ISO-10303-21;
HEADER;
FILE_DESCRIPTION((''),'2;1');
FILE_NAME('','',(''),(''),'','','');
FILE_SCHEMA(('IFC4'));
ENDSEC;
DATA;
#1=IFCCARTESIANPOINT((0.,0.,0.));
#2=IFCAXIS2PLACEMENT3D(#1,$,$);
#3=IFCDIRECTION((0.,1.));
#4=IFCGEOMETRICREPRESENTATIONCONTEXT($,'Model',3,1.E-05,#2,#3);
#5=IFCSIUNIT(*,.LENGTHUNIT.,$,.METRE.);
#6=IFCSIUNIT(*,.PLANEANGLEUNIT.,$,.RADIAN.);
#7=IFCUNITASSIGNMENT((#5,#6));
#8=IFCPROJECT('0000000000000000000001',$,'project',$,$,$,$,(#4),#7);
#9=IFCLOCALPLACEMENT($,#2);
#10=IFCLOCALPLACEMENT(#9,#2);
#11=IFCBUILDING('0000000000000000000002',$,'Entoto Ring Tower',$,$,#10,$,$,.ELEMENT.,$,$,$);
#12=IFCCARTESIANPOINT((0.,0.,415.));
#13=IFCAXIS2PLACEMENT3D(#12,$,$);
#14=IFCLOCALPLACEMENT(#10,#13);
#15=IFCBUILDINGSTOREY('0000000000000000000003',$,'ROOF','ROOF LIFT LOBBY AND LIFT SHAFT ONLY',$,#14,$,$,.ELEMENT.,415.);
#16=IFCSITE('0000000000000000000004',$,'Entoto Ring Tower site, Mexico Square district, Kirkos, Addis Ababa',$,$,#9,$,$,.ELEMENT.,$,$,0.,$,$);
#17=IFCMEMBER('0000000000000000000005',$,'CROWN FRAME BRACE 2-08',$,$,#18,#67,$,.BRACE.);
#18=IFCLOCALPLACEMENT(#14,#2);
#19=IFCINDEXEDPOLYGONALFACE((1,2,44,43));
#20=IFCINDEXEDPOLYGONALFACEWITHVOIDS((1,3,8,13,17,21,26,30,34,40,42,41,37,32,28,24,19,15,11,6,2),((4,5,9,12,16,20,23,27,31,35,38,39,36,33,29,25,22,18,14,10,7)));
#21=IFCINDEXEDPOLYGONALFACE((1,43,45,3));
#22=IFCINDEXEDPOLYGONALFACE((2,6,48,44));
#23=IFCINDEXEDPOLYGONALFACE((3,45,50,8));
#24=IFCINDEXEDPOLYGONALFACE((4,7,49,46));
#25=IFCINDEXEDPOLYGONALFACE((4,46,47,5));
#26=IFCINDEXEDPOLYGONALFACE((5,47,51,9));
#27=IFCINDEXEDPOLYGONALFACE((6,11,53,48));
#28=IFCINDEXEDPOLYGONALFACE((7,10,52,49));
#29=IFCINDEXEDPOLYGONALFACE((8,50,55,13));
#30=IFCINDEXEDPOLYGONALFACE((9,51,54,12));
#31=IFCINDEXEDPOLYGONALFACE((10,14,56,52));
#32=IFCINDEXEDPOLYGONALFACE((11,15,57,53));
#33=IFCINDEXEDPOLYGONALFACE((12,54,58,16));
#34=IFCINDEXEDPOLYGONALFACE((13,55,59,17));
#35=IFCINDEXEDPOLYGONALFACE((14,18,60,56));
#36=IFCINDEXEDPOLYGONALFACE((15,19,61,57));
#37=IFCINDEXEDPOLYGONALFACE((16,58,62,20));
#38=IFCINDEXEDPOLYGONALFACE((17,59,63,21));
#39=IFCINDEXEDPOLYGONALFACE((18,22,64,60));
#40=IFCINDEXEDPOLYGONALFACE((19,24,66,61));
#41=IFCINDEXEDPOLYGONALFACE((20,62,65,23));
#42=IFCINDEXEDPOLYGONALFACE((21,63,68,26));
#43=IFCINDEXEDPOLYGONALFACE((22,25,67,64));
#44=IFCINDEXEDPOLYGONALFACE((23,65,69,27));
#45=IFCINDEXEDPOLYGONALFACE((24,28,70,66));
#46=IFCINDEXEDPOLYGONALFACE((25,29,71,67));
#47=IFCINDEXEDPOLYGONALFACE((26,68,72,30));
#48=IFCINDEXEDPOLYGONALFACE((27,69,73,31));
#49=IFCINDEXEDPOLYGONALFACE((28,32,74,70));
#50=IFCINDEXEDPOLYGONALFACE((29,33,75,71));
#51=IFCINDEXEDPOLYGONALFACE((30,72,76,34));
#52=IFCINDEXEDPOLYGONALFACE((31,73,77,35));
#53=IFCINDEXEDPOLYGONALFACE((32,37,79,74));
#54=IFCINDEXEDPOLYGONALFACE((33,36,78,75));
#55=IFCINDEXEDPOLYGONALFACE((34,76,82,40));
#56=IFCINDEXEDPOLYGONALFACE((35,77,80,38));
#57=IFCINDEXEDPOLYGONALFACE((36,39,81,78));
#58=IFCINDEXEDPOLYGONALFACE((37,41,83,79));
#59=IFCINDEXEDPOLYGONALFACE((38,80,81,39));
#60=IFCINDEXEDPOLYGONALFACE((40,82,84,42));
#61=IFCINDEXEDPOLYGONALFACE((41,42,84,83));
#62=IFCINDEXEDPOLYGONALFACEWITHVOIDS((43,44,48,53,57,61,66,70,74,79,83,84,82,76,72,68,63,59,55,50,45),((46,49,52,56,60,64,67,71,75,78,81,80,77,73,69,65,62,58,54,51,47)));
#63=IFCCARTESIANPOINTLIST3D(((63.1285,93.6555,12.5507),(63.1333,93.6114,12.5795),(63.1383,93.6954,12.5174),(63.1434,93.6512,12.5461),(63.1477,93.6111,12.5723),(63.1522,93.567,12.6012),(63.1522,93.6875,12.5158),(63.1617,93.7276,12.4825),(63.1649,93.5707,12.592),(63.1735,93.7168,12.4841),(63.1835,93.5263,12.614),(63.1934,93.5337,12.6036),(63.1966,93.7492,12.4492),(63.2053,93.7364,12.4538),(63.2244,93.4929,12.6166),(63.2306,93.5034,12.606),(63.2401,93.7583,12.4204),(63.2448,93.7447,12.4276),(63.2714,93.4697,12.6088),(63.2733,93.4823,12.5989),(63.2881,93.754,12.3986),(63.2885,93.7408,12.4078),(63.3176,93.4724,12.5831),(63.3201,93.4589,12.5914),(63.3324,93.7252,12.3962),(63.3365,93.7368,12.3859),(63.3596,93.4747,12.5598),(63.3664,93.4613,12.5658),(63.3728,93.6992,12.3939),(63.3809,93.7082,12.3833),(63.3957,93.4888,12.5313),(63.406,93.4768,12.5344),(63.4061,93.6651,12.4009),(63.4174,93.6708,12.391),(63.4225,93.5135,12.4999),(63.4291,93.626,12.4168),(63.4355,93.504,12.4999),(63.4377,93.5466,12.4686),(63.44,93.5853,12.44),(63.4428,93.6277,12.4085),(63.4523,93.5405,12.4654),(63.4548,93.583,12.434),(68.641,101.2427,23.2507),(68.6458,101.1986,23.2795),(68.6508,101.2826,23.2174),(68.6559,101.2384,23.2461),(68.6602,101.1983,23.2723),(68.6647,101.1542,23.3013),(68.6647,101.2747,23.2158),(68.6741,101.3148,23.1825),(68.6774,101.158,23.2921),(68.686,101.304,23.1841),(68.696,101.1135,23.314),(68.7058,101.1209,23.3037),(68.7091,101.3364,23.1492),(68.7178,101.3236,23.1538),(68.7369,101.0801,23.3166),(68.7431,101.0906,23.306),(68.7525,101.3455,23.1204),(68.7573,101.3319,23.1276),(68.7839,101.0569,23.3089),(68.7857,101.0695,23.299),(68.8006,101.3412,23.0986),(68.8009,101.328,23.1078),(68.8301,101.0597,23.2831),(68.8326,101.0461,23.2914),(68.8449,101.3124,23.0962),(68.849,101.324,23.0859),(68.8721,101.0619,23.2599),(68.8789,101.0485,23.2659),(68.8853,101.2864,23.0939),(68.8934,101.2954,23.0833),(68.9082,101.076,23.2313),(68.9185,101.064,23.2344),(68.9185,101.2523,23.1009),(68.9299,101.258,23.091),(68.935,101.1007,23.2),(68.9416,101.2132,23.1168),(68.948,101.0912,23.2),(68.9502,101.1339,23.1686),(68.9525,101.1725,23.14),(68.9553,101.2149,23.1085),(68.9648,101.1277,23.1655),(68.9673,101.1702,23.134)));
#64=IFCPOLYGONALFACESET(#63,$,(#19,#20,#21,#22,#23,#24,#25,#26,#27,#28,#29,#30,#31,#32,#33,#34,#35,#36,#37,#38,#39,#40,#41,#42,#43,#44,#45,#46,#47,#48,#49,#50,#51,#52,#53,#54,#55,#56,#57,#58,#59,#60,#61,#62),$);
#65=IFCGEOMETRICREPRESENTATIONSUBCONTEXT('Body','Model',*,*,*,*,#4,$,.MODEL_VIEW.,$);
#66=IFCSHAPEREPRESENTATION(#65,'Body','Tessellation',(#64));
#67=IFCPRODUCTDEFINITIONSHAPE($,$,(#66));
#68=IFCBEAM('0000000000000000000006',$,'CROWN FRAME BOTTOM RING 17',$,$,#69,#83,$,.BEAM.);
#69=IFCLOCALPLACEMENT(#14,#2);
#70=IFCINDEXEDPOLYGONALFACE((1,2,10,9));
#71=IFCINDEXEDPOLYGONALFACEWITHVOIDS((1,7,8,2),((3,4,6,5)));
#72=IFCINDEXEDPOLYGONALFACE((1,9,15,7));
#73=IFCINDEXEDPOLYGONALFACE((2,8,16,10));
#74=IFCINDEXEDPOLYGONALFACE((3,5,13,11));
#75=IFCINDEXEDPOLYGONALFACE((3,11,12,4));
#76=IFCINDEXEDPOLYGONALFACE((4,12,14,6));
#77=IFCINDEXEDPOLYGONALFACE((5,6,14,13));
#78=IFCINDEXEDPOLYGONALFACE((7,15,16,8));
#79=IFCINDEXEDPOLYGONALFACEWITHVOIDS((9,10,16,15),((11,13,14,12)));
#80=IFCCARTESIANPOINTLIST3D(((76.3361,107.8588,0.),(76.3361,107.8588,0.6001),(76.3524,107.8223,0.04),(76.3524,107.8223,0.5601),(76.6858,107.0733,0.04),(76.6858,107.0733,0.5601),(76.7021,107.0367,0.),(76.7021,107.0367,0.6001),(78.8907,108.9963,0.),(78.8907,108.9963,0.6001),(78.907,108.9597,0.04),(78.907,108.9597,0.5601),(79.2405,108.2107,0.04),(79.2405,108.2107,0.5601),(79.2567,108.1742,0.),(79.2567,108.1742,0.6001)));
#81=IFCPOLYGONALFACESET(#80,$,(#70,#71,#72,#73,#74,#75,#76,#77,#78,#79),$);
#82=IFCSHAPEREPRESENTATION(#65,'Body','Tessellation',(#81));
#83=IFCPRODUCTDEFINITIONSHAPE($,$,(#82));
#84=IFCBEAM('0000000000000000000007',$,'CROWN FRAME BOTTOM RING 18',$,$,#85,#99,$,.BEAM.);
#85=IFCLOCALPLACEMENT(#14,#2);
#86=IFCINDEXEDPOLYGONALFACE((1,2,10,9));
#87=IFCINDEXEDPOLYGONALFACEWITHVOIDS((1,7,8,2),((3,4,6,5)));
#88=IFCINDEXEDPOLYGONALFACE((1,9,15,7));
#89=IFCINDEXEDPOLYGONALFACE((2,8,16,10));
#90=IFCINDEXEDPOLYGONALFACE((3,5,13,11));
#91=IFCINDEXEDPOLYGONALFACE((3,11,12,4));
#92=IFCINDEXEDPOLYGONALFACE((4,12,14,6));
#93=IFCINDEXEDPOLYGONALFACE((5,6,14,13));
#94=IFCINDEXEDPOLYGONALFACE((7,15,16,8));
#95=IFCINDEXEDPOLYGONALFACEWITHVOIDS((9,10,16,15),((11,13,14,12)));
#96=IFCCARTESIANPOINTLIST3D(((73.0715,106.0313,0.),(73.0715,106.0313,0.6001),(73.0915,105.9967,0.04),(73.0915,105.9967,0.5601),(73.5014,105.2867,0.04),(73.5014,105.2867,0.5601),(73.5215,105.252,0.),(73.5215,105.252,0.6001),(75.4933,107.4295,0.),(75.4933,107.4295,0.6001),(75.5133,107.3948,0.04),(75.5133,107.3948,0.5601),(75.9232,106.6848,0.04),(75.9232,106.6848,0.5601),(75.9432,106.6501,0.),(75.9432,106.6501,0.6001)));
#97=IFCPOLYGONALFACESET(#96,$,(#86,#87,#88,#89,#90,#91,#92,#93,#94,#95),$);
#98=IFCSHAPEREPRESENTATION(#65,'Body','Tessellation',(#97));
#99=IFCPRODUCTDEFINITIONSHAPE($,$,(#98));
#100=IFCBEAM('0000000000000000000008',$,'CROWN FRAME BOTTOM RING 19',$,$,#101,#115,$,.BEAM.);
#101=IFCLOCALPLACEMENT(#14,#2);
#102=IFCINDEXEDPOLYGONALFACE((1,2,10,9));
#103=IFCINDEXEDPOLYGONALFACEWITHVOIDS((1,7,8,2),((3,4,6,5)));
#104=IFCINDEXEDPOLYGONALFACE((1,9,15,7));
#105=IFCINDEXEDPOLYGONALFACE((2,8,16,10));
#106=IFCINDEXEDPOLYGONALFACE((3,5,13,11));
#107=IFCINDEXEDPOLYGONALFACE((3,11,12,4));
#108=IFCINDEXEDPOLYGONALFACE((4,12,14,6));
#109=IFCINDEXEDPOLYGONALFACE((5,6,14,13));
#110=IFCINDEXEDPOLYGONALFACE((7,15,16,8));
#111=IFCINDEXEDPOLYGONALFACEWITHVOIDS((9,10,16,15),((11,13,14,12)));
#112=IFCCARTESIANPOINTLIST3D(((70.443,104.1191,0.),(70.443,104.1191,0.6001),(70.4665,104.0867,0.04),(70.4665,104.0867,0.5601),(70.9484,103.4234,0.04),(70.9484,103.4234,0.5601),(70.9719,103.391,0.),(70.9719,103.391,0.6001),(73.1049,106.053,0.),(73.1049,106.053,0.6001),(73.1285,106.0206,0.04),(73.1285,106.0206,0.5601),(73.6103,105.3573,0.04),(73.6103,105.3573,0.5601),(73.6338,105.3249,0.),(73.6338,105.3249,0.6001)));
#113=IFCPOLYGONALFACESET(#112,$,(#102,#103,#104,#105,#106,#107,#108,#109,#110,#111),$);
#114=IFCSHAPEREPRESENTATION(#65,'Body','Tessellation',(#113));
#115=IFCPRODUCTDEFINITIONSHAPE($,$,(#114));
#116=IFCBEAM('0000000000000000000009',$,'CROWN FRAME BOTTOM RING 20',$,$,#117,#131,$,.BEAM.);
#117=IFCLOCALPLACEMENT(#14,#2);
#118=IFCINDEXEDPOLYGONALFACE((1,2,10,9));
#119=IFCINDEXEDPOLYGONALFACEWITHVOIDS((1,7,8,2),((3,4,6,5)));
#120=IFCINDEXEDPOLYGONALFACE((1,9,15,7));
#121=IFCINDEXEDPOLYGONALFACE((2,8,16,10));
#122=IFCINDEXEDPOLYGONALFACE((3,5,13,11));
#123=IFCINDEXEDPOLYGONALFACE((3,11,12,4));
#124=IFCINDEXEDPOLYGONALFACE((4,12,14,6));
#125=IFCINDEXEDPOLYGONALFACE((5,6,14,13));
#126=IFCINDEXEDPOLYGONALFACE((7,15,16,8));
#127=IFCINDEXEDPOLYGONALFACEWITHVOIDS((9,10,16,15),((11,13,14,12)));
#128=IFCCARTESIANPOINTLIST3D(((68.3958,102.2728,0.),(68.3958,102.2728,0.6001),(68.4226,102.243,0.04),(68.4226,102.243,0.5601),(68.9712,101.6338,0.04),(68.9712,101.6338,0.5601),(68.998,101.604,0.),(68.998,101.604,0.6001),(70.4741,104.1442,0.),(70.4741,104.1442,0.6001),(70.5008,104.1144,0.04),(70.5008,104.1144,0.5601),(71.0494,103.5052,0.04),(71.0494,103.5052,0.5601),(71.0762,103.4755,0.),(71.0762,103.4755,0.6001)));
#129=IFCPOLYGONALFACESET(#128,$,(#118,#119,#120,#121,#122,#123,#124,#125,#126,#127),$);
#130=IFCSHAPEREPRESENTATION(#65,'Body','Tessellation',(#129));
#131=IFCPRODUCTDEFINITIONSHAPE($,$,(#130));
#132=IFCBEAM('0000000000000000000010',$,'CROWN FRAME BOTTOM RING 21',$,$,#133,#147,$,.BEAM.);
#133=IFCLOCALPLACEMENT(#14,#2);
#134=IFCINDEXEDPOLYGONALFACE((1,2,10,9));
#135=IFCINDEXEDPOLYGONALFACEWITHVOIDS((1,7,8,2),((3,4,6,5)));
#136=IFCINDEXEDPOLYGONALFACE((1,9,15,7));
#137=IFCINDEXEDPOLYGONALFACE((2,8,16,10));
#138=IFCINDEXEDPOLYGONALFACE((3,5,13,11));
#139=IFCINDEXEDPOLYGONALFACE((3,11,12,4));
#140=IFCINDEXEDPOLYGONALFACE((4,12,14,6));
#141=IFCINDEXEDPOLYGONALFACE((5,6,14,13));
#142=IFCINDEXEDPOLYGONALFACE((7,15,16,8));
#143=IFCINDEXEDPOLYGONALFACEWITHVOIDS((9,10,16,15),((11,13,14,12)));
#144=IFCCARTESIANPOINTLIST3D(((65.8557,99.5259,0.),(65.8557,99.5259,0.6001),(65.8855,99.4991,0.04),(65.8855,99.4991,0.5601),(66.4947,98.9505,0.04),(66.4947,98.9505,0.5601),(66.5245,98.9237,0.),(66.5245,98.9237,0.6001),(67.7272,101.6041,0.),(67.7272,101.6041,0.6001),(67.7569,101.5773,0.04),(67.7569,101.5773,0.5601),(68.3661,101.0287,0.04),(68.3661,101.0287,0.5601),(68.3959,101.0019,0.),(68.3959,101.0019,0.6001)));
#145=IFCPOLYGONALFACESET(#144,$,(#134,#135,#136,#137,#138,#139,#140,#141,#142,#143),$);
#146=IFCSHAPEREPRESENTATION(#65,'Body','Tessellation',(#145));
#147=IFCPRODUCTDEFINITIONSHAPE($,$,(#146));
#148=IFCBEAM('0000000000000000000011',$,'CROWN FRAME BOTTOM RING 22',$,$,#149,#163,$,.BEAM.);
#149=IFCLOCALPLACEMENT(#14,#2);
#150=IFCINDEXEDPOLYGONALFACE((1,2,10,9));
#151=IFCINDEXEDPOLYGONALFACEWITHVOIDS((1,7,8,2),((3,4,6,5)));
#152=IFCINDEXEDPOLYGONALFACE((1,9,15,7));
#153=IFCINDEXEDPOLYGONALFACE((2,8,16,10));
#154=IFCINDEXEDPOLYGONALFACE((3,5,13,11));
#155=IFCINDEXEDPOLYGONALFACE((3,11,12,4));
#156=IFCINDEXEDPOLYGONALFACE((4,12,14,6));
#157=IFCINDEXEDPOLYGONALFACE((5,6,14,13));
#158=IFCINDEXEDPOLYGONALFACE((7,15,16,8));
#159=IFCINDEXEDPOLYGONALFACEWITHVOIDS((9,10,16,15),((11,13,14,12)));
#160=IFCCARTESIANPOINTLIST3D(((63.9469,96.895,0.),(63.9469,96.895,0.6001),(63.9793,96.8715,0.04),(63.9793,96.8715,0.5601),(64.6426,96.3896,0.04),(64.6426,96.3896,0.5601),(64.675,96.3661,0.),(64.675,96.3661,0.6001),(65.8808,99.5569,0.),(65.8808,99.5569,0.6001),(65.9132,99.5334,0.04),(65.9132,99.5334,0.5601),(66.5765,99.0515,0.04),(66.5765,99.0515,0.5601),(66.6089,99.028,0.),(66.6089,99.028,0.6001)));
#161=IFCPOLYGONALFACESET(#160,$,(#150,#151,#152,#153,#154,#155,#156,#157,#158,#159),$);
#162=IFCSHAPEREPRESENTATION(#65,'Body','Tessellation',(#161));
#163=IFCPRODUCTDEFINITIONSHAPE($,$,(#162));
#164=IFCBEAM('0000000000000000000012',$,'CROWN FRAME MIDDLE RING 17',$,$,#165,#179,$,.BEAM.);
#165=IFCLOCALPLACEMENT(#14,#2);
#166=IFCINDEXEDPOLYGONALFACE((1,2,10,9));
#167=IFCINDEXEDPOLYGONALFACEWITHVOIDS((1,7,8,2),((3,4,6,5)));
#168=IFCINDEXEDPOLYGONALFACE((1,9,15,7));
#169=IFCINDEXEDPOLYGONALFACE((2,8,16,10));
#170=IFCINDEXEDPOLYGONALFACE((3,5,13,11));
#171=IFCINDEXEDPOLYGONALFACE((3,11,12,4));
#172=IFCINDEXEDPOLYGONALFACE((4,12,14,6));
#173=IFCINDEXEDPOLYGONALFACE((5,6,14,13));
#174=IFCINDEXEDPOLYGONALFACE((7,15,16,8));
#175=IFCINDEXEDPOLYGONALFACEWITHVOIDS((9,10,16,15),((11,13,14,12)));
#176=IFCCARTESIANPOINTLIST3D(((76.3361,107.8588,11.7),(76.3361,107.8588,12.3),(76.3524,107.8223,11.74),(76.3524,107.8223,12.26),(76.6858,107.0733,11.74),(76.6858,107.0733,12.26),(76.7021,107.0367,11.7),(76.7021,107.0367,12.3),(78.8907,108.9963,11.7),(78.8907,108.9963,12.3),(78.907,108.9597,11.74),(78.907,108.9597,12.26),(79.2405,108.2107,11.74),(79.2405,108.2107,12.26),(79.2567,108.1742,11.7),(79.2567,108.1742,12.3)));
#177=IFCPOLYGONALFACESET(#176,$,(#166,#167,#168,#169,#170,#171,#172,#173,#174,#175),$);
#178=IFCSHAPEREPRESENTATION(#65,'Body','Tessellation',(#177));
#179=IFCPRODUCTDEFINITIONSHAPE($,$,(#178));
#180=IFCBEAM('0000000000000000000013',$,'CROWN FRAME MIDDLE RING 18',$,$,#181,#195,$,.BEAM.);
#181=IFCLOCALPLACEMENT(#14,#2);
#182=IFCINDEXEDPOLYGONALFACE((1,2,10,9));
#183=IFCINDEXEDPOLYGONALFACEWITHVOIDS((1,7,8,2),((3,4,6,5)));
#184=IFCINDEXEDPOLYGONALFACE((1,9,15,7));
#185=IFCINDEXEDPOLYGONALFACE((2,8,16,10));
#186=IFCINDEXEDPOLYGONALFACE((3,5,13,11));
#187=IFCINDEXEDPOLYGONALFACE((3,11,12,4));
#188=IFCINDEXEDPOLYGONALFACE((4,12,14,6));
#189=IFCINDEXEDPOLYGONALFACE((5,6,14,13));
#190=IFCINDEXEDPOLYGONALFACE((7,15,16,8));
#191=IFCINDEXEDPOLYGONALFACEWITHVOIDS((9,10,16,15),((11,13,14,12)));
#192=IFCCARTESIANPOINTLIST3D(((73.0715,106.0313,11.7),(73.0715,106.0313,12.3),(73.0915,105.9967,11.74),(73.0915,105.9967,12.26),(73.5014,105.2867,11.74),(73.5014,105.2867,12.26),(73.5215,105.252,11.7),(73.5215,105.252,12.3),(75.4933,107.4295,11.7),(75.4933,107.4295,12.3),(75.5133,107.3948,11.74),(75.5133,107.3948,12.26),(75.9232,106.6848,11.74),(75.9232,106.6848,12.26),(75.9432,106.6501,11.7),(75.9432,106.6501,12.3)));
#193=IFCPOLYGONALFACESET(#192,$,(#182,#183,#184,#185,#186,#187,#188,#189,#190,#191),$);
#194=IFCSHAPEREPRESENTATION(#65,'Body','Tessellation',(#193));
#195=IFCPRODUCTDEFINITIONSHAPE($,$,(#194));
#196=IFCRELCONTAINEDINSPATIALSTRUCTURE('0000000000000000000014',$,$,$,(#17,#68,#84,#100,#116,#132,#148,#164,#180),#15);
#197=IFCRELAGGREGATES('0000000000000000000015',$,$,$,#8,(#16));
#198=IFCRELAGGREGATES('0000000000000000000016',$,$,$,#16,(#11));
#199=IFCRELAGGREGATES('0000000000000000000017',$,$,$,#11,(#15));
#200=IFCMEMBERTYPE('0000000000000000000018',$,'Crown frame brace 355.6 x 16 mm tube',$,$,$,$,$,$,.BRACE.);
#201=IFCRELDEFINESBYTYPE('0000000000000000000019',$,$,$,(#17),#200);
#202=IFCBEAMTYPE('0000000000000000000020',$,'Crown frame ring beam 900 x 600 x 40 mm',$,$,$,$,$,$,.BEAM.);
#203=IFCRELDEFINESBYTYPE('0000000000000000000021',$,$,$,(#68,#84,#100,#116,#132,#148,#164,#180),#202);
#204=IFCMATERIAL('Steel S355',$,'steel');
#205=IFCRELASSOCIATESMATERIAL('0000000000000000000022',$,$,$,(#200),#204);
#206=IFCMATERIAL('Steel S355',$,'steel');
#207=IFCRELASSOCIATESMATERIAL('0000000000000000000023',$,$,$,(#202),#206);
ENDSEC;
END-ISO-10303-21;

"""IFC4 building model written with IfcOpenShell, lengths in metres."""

from ifc_helpers import new_model, si_unit, direction, frame, origin, origin_2d, place, context, subcontext, project, spatial, hollow_rectangle, hollow_circle, extrude, material, material_profile, profile_set, type_object, element, save


model = new_model("IFC4")

# Units and contexts
model_context = context("Model", 3, precision=1e-05, world=origin(), true_north=direction((0.0, 1.0)))
body_context = subcontext(model_context, "Body", "Model", "MODEL_VIEW")
ifc_project = project(units=[si_unit("LENGTHUNIT", "METRE"), si_unit("PLANEANGLEUNIT", "RADIAN")], contexts=[model_context])

# Site, building, storey
site_placement = place(None, origin())
site = spatial("IfcSite", under=ifc_project, at=site_placement, Name="Entoto Ring Tower site, Mexico Square district, Kirkos, Addis Ababa", CompositionType="ELEMENT", RefElevation=0.0)
building_placement = place(site_placement, origin())
building = spatial("IfcBuilding", under=site, at=building_placement, Name="Entoto Ring Tower", CompositionType="ELEMENT")
storey_placement = place(building_placement, frame((0.0, 0.0, 415.0)))
storey = spatial("IfcBuildingStorey", under=building, at=storey_placement, Name="ROOF", Description="ROOF LIFT LOBBY AND LIFT SHAFT ONLY", CompositionType="ELEMENT", Elevation=415.0)

# Member
ifc_material_1 = material(Name="Steel S355", Category="steel")
ifc_material_profile_1 = material_profile(ifc_material_1, hollow_circle(Radius=0.1775, WallThickness=0.0161, at=origin_2d()), Name="Crown frame brace 355.6 x 16 mm tube")
ifc_profile_set_1 = profile_set([ifc_material_profile_1], Name="Steel S355")
member_type_1 = type_object("IfcMemberType", Name="Crown frame brace 355.6 x 16 mm tube", PredefinedType="BRACE", material=ifc_profile_set_1)
for number, where, z_axis, x_axis, name in (
    (1, (68.8044, 101.1956, 23.2), (-0.387432, -0.533249, -0.752025), (0.809014, -0.587789, 0.0), "CROWN FRAME BRACE 2-08"),
):
    element("IfcMember", number, at=place(storey_placement, frame(where, z_axis=z_axis, x_axis=x_axis)), inside=storey, type_object=member_type_1, Name=name, PredefinedType="BRACE", context=body_context, shape_type="SweptSolid", body=[
        extrude(hollow_circle(Radius=0.1775, WallThickness=0.0161, at=origin_2d()), origin(), (0.0, 0.0, 1.0), 14.2283),
    ])

# Beams
ifc_material_2 = material(Name="Steel S355", Category="steel")
ifc_material_profile_2 = material_profile(ifc_material_2, hollow_rectangle(XDim=0.8999, YDim=0.6001, WallThickness=0.04, at=origin_2d()), Name="Crown frame ring beam 900 x 600 x 40 mm")
ifc_profile_set_2 = profile_set([ifc_material_profile_2], Name="Steel S355")
beam_type_1 = type_object("IfcBeamType", Name="Crown frame ring beam 900 x 600 x 40 mm", PredefinedType="BEAM", material=ifc_profile_set_2)
for number, where, z_axis, x_axis, name in (
    (2, (79.0737, 108.5852, 0.3), (-0.913541, -0.406746, 0.0), (0.406746, -0.913541, 0.0), "CROWN FRAME BOTTOM RING 17"),
    (3, (75.7183, 107.0398, 0.3), (-0.866037, -0.499979, 0.0), (0.499979, -0.866037, 0.0), "CROWN FRAME BOTTOM RING 18"),
):
    element("IfcBeam", number, at=place(storey_placement, frame(where, z_axis=z_axis, x_axis=x_axis)), inside=storey, type_object=beam_type_1, Name=name, PredefinedType="BEAM", context=body_context, shape_type="SweptSolid", body=[
        extrude(hollow_rectangle(XDim=0.8999, YDim=0.6001, WallThickness=0.04, at=origin_2d()), origin(), (0.0, 0.0, 1.0), 2.7964),
    ])
beam_1_placement = place(storey_placement, frame((73.3694, 105.689, 0.3), z_axis=(-0.809034, -0.587761, 0.0), x_axis=(0.587761, -0.809034, 0.0)))
element("IfcBeam", 4, at=beam_1_placement, inside=storey, type_object=beam_type_1, Name="CROWN FRAME BOTTOM RING 19", PredefinedType="BEAM", context=body_context, shape_type="SweptSolid", body=[
    extrude(hollow_rectangle(XDim=0.8999, YDim=0.6001, WallThickness=0.04, at=origin_2d()), origin(), (0.0, 0.0, 1.0), 3.2903),
])
for number, where, z_axis, x_axis, name in (
    (5, (70.7751, 103.8098, 0.3), (-0.743112, -0.669167, 0.0), (0.669167, -0.743112, 0.0), "CROWN FRAME BOTTOM RING 20"),
    (6, (68.0615, 101.303, 0.3), (-0.669167, -0.743112, 0.0), (0.743112, -0.669167, 0.0), "CROWN FRAME BOTTOM RING 21"),
):
    element("IfcBeam", number, at=place(storey_placement, frame(where, z_axis=z_axis, x_axis=x_axis)), inside=storey, type_object=beam_type_1, Name=name, PredefinedType="BEAM", context=body_context, shape_type="SweptSolid", body=[
        extrude(hollow_rectangle(XDim=0.8999, YDim=0.6001, WallThickness=0.04, at=origin_2d()), origin(), (0.0, 0.0, 1.0), 2.7966),
    ])
beam_2_placement = place(storey_placement, frame((66.2449, 99.2925, 0.3), z_axis=(-0.587761, -0.809034, 0.0), x_axis=(0.809034, -0.587761, 0.0)))
element("IfcBeam", 7, at=beam_2_placement, inside=storey, type_object=beam_type_1, Name="CROWN FRAME BOTTOM RING 22", PredefinedType="BEAM", context=body_context, shape_type="SweptSolid", body=[
    extrude(hollow_rectangle(XDim=0.8999, YDim=0.6001, WallThickness=0.04, at=origin_2d()), origin(), (0.0, 0.0, 1.0), 3.2903),
])
for number, where, z_axis, x_axis, name in (
    (8, (79.0737, 108.5852, 12.0), (-0.913541, -0.406746, 0.0), (0.406746, -0.913541, 0.0), "CROWN FRAME MIDDLE RING 17"),
    (9, (75.7183, 107.0398, 12.0), (-0.866037, -0.499979, 0.0), (0.499979, -0.866037, 0.0), "CROWN FRAME MIDDLE RING 18"),
):
    element("IfcBeam", number, at=place(storey_placement, frame(where, z_axis=z_axis, x_axis=x_axis)), inside=storey, type_object=beam_type_1, Name=name, PredefinedType="BEAM", context=body_context, shape_type="SweptSolid", body=[
        extrude(hollow_rectangle(XDim=0.8999, YDim=0.6001, WallThickness=0.04, at=origin_2d()), origin(), (0.0, 0.0, 1.0), 2.7964),
    ])

save(model, "model.ifc")
